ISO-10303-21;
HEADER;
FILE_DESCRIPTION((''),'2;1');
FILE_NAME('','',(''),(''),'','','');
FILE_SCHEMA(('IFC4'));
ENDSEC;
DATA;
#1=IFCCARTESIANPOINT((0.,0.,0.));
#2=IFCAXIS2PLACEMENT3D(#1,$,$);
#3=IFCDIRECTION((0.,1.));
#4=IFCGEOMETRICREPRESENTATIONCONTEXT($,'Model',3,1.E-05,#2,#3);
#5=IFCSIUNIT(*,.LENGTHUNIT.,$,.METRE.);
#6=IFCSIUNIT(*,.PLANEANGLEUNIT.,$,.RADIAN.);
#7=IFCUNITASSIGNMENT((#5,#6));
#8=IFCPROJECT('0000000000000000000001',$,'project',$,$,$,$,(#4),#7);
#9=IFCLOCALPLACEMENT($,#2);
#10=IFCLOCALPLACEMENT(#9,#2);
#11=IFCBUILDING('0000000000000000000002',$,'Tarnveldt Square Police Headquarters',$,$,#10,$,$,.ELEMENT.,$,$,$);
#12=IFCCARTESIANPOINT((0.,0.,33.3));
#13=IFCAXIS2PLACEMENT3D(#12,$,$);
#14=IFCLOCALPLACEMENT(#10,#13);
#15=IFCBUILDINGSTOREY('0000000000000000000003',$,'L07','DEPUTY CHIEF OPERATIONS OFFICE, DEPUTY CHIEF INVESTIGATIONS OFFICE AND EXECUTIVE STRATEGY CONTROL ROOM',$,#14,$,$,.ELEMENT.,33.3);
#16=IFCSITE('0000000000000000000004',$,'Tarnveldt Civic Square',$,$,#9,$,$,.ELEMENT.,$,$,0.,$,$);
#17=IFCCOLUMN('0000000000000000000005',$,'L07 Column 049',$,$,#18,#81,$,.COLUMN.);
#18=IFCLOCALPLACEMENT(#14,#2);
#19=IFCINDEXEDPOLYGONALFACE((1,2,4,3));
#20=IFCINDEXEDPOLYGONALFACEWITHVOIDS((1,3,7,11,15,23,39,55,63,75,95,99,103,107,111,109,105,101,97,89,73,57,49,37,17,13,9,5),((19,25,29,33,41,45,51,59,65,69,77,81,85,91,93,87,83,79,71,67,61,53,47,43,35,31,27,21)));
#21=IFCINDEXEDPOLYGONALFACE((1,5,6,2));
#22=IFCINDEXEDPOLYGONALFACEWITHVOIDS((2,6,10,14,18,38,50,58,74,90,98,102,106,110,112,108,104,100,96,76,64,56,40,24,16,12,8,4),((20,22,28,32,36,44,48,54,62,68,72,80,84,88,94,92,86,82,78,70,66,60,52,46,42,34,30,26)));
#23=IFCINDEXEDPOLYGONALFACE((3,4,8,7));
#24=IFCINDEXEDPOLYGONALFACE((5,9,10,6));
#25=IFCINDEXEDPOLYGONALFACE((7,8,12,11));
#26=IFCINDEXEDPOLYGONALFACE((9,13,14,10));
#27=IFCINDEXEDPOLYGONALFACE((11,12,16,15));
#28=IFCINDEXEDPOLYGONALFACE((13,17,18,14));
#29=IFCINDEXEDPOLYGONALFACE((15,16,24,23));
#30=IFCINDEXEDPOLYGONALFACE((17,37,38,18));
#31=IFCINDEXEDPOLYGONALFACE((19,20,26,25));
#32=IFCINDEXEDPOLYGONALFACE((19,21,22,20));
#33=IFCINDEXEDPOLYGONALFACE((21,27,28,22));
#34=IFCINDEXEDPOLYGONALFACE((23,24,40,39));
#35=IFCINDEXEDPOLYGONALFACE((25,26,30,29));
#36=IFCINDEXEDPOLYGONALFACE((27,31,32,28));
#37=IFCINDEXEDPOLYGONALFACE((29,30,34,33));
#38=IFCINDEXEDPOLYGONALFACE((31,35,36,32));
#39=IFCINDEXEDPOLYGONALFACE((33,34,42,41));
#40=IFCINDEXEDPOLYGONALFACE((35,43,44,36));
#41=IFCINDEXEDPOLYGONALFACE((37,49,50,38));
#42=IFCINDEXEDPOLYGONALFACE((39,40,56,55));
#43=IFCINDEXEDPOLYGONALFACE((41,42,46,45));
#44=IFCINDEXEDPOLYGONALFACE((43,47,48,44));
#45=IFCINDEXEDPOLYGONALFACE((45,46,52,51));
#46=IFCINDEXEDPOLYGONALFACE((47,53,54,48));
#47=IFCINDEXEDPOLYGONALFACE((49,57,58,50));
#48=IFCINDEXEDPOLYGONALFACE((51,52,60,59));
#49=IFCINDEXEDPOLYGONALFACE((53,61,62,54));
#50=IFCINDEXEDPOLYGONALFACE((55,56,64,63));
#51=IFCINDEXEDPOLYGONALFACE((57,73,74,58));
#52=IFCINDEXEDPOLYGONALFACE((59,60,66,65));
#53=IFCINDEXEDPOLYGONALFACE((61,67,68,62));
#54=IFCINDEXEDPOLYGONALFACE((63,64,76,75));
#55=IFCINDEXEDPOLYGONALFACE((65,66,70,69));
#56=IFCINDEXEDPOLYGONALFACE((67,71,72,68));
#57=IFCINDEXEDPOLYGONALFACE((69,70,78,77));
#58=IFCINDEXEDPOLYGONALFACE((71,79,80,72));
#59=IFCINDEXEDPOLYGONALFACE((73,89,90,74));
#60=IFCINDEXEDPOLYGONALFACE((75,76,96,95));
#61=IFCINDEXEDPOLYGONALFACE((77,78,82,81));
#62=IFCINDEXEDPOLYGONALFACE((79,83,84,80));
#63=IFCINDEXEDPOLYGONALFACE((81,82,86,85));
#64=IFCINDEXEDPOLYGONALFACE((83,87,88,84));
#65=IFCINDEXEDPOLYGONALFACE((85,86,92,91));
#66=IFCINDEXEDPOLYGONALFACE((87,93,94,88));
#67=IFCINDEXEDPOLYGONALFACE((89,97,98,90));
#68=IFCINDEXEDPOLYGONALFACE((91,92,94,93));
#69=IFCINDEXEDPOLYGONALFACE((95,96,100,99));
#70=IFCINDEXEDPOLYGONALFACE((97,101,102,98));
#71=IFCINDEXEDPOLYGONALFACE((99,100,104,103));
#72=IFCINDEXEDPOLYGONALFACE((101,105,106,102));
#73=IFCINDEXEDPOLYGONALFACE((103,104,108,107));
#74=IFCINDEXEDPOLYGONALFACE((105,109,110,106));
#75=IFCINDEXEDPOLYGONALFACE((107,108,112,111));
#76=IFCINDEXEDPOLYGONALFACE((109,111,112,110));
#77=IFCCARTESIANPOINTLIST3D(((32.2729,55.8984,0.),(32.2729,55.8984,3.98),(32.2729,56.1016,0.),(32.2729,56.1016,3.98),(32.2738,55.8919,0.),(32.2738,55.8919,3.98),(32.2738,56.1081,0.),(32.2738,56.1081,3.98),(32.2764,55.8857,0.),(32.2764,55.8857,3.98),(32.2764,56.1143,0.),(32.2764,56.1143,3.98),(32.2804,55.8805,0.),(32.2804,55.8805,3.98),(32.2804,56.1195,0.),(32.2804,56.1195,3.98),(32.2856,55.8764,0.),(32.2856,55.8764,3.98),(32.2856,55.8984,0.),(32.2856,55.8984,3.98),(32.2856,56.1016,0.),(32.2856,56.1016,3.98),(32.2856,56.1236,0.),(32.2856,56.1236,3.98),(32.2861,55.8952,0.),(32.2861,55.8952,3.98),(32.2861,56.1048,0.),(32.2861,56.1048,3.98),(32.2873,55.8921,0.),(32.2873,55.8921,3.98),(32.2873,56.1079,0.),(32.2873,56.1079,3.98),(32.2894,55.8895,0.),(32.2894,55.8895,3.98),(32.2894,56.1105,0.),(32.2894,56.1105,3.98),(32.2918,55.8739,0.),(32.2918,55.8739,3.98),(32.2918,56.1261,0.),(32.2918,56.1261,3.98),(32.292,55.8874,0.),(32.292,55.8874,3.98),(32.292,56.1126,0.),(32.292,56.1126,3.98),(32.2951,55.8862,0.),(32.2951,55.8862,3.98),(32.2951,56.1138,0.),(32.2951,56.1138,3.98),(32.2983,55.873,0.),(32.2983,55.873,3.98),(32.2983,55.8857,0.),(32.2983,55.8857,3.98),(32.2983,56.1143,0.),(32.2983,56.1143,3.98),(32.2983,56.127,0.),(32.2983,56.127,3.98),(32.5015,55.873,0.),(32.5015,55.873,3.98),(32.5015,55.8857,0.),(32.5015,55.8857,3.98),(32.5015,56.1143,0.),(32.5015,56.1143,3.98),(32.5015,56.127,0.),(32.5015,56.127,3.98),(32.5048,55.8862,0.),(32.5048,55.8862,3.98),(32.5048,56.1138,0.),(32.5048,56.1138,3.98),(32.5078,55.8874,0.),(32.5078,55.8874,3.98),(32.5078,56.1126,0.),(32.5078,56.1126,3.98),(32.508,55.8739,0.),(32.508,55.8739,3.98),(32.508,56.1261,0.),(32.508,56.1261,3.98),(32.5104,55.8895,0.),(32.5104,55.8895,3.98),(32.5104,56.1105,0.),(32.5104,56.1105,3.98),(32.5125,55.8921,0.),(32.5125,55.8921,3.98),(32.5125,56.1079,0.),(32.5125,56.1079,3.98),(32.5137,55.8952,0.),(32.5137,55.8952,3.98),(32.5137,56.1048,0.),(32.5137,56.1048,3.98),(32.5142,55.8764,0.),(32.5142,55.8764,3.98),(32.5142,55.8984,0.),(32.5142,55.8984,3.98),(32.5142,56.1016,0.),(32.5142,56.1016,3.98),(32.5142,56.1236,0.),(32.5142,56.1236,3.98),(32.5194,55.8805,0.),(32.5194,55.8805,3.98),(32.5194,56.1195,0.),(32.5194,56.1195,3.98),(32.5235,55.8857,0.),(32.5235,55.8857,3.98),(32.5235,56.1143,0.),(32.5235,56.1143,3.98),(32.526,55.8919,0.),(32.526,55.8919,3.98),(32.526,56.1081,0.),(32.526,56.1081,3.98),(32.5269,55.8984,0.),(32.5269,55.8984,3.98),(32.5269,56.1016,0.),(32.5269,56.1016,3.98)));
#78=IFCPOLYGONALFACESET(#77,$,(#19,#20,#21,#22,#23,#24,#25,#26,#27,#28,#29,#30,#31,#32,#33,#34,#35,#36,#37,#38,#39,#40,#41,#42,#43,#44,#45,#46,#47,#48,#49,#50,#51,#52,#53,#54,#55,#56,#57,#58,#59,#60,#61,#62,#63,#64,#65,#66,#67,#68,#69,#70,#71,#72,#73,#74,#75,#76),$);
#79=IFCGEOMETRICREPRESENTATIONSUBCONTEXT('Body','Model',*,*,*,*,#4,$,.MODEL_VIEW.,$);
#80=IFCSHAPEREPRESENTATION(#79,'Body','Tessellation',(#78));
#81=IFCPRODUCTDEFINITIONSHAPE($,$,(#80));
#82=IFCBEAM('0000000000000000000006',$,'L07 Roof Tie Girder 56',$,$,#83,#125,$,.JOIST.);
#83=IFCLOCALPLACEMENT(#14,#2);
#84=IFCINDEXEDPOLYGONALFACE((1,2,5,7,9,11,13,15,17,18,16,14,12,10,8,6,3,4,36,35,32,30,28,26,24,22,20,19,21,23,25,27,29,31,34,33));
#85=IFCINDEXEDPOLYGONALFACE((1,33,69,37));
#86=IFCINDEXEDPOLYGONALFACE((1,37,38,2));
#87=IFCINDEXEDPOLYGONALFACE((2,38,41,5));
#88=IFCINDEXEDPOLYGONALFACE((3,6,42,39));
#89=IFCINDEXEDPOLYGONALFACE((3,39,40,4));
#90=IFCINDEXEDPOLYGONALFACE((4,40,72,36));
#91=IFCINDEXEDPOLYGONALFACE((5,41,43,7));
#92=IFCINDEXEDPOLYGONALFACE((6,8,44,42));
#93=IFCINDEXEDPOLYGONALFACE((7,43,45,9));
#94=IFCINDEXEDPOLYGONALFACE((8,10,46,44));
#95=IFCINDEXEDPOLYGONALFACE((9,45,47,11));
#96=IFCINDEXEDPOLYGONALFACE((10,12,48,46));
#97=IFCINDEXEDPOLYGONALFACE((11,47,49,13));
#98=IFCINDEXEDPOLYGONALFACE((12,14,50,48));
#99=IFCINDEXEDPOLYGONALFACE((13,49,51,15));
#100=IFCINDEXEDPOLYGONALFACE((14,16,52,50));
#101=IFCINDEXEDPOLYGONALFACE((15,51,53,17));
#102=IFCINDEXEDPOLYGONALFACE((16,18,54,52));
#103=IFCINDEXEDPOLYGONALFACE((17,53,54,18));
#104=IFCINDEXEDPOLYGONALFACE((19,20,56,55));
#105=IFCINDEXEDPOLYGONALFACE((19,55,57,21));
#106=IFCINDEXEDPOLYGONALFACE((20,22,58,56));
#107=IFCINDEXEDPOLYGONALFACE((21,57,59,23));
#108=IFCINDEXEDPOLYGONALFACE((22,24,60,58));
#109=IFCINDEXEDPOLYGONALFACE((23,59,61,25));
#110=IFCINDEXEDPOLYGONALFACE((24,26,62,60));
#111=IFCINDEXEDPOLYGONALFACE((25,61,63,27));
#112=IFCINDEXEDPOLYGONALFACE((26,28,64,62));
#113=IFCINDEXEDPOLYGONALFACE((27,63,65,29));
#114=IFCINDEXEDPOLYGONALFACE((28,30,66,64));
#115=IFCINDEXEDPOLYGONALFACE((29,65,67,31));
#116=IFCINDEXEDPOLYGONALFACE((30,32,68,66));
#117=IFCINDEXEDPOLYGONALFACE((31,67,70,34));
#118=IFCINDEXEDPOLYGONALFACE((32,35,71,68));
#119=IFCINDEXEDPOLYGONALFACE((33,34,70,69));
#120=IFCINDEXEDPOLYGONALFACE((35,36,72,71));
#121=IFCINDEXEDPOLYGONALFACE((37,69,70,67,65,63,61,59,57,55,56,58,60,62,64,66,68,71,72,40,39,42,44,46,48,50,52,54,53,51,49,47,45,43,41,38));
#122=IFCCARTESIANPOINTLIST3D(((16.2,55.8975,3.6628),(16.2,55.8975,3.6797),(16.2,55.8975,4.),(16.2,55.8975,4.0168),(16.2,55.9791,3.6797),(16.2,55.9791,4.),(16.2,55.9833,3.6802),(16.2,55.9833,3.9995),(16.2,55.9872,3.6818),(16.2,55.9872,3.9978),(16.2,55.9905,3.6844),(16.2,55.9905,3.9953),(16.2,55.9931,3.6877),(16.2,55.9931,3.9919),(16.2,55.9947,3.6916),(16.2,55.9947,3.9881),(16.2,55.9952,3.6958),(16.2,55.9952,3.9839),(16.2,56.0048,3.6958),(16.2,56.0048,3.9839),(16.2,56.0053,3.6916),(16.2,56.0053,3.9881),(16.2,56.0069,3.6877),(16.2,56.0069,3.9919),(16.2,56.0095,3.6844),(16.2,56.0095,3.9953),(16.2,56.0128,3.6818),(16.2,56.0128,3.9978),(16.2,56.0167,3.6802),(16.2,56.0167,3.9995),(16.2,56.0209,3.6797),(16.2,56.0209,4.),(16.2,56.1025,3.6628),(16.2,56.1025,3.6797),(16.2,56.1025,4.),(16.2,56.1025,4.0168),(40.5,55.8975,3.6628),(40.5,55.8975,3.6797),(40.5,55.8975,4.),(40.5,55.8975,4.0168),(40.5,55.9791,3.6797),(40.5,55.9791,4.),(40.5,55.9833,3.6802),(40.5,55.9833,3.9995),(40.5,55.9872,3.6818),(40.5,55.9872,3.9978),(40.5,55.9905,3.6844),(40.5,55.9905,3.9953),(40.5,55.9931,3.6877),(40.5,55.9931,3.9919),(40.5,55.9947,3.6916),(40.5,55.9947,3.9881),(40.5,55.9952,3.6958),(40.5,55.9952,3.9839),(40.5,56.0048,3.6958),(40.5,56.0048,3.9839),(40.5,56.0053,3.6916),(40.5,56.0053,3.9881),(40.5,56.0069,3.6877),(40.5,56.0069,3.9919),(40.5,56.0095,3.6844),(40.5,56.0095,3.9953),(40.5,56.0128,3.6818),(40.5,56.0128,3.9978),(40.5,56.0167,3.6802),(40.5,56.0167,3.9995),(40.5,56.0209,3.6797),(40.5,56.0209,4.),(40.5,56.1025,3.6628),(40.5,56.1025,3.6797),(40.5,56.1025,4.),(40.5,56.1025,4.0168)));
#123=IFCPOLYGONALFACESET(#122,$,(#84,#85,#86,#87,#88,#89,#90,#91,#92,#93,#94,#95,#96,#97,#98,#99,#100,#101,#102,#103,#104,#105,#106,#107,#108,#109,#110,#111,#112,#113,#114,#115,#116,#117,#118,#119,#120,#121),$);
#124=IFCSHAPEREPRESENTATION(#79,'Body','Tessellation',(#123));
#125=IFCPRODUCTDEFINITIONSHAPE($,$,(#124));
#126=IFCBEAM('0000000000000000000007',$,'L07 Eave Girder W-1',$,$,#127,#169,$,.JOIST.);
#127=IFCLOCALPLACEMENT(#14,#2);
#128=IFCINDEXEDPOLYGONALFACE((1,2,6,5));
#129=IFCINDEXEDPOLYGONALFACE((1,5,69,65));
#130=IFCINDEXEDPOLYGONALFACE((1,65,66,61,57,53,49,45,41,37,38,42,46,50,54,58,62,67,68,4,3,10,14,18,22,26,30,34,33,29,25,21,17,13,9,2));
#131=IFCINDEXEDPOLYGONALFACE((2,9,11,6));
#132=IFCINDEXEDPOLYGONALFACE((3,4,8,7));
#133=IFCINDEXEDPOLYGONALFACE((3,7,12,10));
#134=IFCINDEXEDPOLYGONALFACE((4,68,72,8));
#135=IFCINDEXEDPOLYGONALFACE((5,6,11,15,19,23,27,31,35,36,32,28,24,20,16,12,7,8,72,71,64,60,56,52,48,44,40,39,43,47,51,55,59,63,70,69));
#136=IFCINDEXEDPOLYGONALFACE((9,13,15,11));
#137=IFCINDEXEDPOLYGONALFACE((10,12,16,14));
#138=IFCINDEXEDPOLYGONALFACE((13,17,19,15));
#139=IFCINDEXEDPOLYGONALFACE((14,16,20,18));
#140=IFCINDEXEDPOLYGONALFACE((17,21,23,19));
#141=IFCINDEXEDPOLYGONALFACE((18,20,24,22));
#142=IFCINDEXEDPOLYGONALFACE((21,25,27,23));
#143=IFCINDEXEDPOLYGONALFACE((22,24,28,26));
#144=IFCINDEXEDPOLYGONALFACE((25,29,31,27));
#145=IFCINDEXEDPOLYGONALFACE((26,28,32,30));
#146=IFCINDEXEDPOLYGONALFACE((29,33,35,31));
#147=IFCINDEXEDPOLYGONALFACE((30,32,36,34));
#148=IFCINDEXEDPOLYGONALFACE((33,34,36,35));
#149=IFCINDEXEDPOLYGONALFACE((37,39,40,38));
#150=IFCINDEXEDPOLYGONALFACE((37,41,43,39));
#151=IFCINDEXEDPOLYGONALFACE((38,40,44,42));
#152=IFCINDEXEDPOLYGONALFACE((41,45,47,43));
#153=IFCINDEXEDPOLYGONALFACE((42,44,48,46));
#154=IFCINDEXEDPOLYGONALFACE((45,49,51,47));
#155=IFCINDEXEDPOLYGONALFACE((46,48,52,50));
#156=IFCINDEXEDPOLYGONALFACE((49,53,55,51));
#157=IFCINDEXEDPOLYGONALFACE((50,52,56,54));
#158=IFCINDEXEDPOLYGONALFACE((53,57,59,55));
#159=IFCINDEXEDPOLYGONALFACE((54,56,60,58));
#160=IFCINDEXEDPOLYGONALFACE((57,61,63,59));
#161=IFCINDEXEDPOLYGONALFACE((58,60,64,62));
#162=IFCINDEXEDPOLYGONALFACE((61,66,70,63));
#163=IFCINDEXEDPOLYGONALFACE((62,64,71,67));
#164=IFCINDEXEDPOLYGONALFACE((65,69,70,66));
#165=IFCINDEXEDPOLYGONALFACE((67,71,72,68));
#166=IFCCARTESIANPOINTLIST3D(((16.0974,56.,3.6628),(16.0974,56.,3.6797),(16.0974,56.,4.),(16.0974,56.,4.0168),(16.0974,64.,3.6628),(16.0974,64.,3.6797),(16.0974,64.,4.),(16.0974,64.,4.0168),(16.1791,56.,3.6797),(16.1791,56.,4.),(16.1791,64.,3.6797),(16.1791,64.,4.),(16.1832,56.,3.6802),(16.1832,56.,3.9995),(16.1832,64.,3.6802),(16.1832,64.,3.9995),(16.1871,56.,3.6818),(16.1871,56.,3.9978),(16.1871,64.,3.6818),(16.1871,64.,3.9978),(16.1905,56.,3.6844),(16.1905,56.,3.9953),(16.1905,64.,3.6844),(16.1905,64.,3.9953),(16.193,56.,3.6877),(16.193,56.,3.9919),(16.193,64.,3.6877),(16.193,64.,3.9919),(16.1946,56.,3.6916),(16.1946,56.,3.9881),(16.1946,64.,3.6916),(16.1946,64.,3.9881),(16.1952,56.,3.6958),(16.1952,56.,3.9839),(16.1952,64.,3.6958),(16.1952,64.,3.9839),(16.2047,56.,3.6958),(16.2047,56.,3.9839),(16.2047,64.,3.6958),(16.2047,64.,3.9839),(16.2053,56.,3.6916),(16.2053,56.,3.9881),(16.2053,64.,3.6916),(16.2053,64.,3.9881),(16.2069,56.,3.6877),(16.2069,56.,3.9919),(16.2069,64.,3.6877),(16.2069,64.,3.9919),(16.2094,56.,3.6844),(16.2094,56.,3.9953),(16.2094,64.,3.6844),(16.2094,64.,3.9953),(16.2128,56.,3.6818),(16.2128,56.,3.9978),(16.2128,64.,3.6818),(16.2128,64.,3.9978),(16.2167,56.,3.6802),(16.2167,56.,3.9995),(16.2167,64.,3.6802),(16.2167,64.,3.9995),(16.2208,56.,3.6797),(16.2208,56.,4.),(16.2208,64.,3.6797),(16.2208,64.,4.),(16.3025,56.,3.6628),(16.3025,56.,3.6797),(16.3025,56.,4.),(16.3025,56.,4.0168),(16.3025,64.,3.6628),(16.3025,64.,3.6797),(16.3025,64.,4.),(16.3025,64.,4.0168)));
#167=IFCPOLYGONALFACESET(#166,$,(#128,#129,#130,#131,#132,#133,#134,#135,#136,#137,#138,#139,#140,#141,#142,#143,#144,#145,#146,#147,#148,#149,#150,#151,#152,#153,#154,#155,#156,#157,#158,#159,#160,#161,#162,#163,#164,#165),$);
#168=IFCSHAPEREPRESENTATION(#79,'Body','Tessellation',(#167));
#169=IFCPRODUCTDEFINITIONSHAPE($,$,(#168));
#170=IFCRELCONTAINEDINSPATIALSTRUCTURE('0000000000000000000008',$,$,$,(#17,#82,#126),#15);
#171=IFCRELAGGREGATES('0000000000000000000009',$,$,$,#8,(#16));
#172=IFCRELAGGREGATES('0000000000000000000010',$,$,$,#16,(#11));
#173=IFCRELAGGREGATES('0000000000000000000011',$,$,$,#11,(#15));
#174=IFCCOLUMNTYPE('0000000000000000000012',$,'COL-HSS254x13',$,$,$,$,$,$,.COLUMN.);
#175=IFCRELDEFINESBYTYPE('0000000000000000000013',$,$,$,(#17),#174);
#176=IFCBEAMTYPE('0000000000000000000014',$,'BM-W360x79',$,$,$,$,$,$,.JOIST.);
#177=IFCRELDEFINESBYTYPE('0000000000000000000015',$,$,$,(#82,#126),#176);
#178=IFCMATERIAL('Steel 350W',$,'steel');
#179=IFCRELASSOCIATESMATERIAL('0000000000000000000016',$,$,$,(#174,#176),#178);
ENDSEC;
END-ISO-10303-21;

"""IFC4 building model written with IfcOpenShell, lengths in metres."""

from ifc_helpers import new_model, si_unit, direction, frame, origin, origin_2d, place, context, subcontext, project, spatial, hollow_rectangle, i_section, extrude, material, material_profile, profile_set, type_object, element, save


model = new_model("IFC4")

# Units and contexts
model_context = context("Model", 3, precision=1e-05, world=origin(), true_north=direction((0.0, 1.0)))
body_context = subcontext(model_context, "Body", "Model", "MODEL_VIEW")
ifc_project = project(units=[si_unit("LENGTHUNIT", "METRE"), si_unit("PLANEANGLEUNIT", "RADIAN")], contexts=[model_context])

# Site, building, storey
site_placement = place(None, origin())
site = spatial("IfcSite", under=ifc_project, at=site_placement, Name="Tarnveldt Civic Square", CompositionType="ELEMENT", RefElevation=0.0)
building_placement = place(site_placement, origin())
building = spatial("IfcBuilding", under=site, at=building_placement, Name="Tarnveldt Square Police Headquarters", CompositionType="ELEMENT")
storey_placement = place(building_placement, frame((0.0, 0.0, 33.3)))
storey = spatial("IfcBuildingStorey", under=building, at=storey_placement, Name="L07", Description="DEPUTY CHIEF OPERATIONS OFFICE, DEPUTY CHIEF INVESTIGATIONS OFFICE AND EXECUTIVE STRATEGY CONTROL ROOM", CompositionType="ELEMENT", Elevation=33.3)

# Column
ifc_material_1 = material(Name="Steel 350W", Category="steel")
ifc_material_profile_1 = material_profile(ifc_material_1, hollow_rectangle(XDim=0.2539, YDim=0.2539, WallThickness=0.0127, InnerFilletRadius=0.0127, OuterFilletRadius=0.0254, at=origin_2d()), Name="HSS254x254x13")
ifc_profile_set_1 = profile_set([ifc_material_profile_1], Name="Steel 350W")
column_type_1 = type_object("IfcColumnType", Name="COL-HSS254x13", PredefinedType="COLUMN", material=ifc_profile_set_1)
column_1_placement = place(storey_placement, frame((32.3999, 56.0, 0.0), z_axis=(0.0, 0.0, 1.0), x_axis=(1.0, 0.0, 0.0)))
element("IfcColumn", 1, at=column_1_placement, inside=storey, type_object=column_type_1, Name="L07 Column 049", PredefinedType="COLUMN", context=body_context, shape_type="SweptSolid", body=[
    extrude(hollow_rectangle(XDim=0.2539, YDim=0.2539, WallThickness=0.0127, InnerFilletRadius=0.0127, OuterFilletRadius=0.0254, at=origin_2d()), origin(), (0.0, 0.0, 1.0), 3.98),
])

# Beams
ifc_material_profile_2 = material_profile(ifc_material_1, i_section(OverallWidth=0.2051, OverallDepth=0.354, WebThickness=0.0095, FlangeThickness=0.0168, FilletRadius=0.0161, at=origin_2d()), Name="W360x79")
ifc_profile_set_2 = profile_set([ifc_material_profile_2], Name="Steel 350W")
beam_type = type_object("IfcBeamType", Name="BM-W360x79", PredefinedType="JOIST", material=ifc_profile_set_2)
beam_placement = place(storey_placement, frame((16.2, 56.0, 3.8398), z_axis=(1.0, 0.0, 0.0), x_axis=(0.0, 1.0, 0.0)))
element("IfcBeam", 2, at=beam_placement, inside=storey, type_object=beam_type, Name="L07 Roof Tie Girder 56", PredefinedType="JOIST", context=body_context, shape_type="SweptSolid", body=[
    extrude(i_section(OverallWidth=0.2051, OverallDepth=0.354, WebThickness=0.0095, FlangeThickness=0.0168, FilletRadius=0.0161, at=origin_2d()), origin(), (0.0, 0.0, 1.0), 24.3),
])
for number, where, z_axis, x_axis, name in (
    (3, (16.2, 56.0, 3.8398), (0.0, 1.0, 0.0), (-1.0, 0.0, 0.0), "L07 Eave Girder W-1"),
):
    element("IfcBeam", number, at=place(storey_placement, frame(where, z_axis=z_axis, x_axis=x_axis)), inside=storey, type_object=beam_type, Name=name, PredefinedType="JOIST", context=body_context, shape_type="SweptSolid", body=[
        extrude(i_section(OverallWidth=0.2051, OverallDepth=0.354, WebThickness=0.0095, FlangeThickness=0.0168, FilletRadius=0.0161, at=origin_2d()), origin(), (0.0, 0.0, 1.0), 8.0),
    ])

save(model, "model.ifc")
